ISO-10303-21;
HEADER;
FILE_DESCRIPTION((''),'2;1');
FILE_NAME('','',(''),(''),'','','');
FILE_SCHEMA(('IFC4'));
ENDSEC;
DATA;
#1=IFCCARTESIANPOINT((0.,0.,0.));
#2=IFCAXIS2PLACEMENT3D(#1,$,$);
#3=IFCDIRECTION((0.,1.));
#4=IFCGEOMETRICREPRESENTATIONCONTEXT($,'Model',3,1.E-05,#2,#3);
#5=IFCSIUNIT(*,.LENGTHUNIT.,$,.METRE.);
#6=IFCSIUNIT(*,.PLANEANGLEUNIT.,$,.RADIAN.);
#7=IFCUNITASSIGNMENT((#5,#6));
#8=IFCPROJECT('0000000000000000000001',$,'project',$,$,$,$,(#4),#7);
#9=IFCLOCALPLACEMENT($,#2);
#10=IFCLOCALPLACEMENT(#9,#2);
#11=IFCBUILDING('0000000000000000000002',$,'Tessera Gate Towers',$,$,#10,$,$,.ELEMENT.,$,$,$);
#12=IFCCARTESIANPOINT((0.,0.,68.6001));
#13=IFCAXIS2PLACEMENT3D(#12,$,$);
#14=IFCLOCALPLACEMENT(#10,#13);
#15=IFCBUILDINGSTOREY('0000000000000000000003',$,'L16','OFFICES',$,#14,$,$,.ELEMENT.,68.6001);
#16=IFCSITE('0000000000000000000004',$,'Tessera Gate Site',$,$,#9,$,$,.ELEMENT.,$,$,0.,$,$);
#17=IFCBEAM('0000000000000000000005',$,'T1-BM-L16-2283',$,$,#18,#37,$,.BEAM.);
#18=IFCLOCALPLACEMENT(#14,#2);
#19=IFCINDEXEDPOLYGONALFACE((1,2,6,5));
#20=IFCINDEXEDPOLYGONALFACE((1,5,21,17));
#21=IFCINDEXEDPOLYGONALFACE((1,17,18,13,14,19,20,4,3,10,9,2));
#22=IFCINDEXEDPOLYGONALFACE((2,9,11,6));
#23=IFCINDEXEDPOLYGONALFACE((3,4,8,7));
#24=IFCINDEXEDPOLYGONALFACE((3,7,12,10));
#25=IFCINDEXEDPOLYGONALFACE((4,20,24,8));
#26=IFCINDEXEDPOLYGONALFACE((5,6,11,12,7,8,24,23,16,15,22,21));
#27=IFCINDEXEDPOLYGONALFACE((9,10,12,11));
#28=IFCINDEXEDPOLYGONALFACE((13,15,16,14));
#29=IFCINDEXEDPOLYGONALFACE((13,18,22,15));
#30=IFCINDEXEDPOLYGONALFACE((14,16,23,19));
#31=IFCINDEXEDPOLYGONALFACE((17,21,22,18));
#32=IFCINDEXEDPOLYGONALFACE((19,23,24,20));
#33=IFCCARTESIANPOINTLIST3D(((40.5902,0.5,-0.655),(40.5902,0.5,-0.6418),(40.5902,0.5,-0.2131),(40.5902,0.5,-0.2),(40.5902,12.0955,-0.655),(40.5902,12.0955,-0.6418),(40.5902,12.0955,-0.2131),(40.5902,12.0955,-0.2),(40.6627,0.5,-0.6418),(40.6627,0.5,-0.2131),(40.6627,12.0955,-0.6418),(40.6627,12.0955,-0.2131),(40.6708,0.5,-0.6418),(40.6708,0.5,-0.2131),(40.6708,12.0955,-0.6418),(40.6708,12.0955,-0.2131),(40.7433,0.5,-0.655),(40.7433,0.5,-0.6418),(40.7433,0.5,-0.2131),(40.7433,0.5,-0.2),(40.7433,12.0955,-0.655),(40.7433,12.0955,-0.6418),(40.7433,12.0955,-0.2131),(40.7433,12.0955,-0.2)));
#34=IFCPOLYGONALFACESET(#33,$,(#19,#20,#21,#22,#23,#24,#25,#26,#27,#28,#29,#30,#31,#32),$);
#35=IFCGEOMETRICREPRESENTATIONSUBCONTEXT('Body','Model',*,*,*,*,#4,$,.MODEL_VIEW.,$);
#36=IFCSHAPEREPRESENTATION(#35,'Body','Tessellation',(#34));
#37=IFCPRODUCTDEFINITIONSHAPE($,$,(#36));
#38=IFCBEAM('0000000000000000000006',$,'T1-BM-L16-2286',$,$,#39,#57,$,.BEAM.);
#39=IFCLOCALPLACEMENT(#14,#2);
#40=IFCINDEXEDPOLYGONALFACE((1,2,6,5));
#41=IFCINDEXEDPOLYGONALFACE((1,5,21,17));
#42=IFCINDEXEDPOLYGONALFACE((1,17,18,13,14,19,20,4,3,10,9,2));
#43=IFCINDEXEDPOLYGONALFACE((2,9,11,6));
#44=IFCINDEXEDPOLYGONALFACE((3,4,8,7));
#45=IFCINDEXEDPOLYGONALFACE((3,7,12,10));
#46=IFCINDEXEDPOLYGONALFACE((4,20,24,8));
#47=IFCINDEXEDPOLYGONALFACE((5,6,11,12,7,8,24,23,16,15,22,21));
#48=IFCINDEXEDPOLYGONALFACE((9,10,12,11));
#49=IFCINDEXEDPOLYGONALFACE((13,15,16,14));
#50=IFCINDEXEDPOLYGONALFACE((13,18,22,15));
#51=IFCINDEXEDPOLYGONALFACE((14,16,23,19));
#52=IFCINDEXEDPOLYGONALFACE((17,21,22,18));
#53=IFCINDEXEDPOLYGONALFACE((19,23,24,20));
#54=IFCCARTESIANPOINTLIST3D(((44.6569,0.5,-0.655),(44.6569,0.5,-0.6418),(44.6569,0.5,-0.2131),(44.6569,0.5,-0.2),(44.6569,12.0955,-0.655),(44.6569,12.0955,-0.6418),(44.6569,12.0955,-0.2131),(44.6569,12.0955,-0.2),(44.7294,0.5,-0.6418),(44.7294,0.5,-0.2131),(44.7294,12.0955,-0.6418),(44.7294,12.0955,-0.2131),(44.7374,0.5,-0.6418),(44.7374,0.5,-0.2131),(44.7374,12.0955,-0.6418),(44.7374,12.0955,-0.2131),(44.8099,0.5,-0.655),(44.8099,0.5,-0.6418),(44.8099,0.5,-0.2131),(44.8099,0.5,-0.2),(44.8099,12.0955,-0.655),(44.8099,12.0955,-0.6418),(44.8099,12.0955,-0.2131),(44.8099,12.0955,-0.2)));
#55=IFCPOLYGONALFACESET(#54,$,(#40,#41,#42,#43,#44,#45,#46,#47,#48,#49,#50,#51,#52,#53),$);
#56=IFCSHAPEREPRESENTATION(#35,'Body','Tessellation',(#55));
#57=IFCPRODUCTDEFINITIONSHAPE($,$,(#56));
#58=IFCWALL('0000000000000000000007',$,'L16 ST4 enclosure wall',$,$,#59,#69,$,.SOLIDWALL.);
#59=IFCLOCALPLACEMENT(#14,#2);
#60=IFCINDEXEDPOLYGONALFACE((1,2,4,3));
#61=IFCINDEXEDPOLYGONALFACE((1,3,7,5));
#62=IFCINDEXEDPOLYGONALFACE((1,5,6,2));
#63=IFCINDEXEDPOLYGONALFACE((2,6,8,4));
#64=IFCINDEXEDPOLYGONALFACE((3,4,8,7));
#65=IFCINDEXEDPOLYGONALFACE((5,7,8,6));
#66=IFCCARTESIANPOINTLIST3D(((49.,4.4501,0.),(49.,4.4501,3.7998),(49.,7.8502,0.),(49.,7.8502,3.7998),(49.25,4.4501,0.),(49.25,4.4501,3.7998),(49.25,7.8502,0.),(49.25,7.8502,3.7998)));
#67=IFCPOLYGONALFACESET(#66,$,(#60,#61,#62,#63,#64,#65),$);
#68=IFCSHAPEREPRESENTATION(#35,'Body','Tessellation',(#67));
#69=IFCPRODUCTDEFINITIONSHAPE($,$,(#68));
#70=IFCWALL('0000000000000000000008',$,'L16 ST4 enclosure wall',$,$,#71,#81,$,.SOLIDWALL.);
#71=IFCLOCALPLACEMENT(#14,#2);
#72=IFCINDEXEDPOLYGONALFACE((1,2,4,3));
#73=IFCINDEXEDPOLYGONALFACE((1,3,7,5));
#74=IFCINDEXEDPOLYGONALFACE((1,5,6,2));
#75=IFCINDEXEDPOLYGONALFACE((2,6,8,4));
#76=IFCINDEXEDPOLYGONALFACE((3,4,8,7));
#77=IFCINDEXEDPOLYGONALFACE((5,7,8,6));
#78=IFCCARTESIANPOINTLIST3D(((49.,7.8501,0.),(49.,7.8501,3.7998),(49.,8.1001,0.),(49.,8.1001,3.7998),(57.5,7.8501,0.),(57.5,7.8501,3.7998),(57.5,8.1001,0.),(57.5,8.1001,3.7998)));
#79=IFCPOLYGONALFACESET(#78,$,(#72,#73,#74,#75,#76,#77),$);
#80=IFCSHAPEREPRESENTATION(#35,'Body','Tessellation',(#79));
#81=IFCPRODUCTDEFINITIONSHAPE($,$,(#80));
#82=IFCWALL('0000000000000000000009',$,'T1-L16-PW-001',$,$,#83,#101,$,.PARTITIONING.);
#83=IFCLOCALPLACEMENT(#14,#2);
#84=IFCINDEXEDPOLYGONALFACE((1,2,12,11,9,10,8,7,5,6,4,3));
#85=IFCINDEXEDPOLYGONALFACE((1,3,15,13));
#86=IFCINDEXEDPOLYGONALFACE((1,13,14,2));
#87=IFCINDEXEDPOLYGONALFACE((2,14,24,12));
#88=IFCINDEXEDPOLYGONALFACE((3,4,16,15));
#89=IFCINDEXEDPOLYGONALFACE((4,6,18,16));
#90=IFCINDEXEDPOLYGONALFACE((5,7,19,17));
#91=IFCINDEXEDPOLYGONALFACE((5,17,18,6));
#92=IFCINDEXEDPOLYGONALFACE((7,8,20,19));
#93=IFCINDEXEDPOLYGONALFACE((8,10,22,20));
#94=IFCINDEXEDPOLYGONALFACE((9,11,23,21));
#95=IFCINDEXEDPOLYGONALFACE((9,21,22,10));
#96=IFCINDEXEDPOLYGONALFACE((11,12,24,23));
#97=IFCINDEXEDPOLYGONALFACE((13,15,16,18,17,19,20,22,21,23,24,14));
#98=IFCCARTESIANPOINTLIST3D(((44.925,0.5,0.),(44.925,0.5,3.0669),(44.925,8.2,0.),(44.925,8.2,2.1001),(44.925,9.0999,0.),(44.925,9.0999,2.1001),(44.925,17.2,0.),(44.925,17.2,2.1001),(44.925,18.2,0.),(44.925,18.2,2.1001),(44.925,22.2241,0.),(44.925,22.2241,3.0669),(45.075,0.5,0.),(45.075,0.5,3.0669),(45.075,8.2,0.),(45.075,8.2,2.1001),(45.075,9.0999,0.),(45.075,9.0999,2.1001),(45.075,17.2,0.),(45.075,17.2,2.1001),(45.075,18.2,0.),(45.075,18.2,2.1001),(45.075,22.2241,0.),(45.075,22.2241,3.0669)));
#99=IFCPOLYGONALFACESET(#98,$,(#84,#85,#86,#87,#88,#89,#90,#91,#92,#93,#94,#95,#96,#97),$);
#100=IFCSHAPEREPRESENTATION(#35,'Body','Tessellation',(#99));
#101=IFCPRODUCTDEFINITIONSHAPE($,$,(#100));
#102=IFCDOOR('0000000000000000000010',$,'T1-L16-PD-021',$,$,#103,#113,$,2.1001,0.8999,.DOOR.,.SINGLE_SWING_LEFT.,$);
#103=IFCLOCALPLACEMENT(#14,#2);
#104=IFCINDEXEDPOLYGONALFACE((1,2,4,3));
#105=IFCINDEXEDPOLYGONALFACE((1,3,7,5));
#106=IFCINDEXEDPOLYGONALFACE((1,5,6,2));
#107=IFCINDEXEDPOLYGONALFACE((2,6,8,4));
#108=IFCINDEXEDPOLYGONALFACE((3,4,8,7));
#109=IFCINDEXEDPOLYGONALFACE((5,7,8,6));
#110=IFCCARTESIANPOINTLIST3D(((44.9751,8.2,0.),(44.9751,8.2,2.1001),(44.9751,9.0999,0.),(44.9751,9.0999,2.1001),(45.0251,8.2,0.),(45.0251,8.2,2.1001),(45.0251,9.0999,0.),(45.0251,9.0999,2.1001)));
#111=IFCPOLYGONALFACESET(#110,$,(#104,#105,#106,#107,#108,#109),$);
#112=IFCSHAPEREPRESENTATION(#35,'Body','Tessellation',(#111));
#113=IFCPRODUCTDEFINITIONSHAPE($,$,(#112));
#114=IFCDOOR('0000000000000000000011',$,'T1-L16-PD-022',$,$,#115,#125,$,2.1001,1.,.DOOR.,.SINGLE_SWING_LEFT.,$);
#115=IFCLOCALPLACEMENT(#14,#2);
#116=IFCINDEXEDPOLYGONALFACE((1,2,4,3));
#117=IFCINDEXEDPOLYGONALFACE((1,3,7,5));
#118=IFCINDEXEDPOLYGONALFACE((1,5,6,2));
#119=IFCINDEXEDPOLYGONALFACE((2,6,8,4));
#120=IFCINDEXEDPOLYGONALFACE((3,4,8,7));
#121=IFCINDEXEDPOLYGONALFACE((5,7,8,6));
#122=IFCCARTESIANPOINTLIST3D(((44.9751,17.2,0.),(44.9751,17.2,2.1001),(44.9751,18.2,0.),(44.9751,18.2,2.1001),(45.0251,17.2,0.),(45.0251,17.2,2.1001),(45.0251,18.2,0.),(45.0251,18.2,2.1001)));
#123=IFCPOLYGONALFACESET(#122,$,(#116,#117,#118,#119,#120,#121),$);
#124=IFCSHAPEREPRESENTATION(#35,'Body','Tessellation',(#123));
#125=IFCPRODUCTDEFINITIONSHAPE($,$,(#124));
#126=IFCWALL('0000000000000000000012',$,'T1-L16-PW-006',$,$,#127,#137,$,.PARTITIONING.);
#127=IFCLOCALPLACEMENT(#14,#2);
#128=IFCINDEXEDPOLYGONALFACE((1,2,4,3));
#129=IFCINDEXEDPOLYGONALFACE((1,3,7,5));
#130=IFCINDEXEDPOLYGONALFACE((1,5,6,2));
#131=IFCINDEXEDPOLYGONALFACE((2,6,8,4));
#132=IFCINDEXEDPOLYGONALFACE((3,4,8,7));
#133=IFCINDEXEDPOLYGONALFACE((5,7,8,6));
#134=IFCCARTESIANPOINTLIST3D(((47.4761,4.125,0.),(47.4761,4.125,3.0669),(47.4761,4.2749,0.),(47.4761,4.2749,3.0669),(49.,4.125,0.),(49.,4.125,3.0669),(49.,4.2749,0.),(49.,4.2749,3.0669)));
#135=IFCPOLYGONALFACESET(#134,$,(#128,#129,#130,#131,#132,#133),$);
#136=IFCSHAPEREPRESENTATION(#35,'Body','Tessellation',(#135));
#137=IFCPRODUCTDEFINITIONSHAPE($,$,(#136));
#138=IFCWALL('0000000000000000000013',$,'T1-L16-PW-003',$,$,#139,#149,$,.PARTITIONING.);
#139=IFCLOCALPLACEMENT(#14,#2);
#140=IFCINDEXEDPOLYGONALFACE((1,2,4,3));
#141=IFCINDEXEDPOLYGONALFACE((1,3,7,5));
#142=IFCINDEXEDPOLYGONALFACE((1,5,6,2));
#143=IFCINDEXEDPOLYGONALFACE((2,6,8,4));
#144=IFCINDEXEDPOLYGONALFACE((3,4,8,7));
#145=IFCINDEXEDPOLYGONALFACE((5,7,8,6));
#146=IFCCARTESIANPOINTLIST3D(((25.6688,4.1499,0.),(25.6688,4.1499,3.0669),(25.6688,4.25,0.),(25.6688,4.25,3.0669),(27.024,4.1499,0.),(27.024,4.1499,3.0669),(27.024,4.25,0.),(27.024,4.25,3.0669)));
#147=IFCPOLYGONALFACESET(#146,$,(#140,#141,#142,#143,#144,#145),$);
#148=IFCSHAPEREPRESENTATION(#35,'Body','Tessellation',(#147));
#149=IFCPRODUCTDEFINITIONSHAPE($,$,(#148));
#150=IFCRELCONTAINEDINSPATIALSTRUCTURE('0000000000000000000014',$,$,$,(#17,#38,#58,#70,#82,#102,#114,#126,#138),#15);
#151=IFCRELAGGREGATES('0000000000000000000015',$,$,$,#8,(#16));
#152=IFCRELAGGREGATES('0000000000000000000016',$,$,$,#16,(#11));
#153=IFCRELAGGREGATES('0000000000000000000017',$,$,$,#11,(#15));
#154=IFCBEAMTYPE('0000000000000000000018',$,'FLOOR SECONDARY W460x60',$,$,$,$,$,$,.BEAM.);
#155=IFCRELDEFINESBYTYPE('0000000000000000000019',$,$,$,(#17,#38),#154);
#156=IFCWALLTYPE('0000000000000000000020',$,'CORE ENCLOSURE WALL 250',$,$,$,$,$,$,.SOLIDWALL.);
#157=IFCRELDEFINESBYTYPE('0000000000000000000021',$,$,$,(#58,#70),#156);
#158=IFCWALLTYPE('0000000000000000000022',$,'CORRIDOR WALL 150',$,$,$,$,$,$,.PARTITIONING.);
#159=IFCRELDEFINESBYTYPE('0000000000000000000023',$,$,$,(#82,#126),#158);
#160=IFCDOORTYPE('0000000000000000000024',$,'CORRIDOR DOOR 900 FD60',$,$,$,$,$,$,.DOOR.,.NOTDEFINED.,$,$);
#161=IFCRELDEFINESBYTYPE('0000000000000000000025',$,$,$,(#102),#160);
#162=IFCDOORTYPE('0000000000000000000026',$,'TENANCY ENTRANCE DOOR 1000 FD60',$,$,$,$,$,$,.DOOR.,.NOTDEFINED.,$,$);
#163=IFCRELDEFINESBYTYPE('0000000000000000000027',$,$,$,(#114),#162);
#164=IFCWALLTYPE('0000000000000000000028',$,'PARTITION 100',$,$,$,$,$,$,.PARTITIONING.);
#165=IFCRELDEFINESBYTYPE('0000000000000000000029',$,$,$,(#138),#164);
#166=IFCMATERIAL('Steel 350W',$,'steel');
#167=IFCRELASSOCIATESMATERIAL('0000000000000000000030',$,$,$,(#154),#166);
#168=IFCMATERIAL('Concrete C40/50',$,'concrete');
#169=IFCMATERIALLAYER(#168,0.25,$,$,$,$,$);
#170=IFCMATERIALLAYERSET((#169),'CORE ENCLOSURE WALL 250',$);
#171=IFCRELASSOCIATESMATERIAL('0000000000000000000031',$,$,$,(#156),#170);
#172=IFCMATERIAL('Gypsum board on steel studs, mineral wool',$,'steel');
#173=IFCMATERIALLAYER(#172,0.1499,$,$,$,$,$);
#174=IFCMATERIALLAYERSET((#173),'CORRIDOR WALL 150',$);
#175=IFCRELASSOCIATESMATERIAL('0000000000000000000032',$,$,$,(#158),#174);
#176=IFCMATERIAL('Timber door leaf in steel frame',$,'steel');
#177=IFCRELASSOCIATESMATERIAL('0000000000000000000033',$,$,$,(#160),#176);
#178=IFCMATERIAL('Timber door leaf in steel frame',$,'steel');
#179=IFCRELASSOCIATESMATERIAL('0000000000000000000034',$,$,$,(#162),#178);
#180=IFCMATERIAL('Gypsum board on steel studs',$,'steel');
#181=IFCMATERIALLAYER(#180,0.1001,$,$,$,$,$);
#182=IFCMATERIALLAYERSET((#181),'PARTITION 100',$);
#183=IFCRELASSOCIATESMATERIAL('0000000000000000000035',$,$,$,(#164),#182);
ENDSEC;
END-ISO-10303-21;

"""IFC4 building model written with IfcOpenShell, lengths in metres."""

from ifc_helpers import new_model, si_unit, direction, frame, frame_2d, origin, origin_2d, place, context, subcontext, project, spatial, rectangle, i_section, extrude, source, transform, mapped, material, layer, layer_set, material_profile, profile_set, type_object, element, fill, save


model = new_model("IFC4")

# Units and contexts
model_context = context("Model", 3, precision=1e-05, world=origin(), true_north=direction((0.0, 1.0)))
body_context = subcontext(model_context, "Body", "Model", "MODEL_VIEW")
ifc_project = project(units=[si_unit("LENGTHUNIT", "METRE"), si_unit("PLANEANGLEUNIT", "RADIAN")], contexts=[model_context])

# Site, building, storey
site_placement = place(None, origin())
site = spatial("IfcSite", under=ifc_project, at=site_placement, Name="Tessera Gate Site", CompositionType="ELEMENT", RefElevation=0.0)
building_placement = place(site_placement, origin())
building = spatial("IfcBuilding", under=site, at=building_placement, Name="Tessera Gate Towers", CompositionType="ELEMENT")
storey_placement = place(building_placement, frame((0.0, 0.0, 68.6001)))
storey = spatial("IfcBuildingStorey", under=building, at=storey_placement, Name="L16", Description="OFFICES", CompositionType="ELEMENT", Elevation=68.6001)

# Beams
ifc_material_1 = material(Name="Steel 350W", Category="steel")
ifc_material_profile_1 = material_profile(ifc_material_1, i_section(OverallWidth=0.1531, OverallDepth=0.4551, WebThickness=0.0081, FlangeThickness=0.0132, at=origin_2d()), Name="W460x60")
ifc_profile_set_1 = profile_set([ifc_material_profile_1], Name="Steel 350W")
beam_type_1 = type_object("IfcBeamType", Name="FLOOR SECONDARY W460x60", PredefinedType="BEAM", material=ifc_profile_set_1)
for number, where, z_axis, x_axis, name in (
    (1, (40.6667, 0.5, -0.4275), (0.0, 1.0, 0.0), (-1.0, 0.0, 0.0), "T1-BM-L16-2283"),
    (2, (44.7334, 0.5, -0.4275), (0.0, 1.0, 0.0), (-1.0, 0.0, 0.0), "T1-BM-L16-2286"),
):
    element("IfcBeam", number, at=place(storey_placement, frame(where, z_axis=z_axis, x_axis=x_axis)), inside=storey, type_object=beam_type_1, Name=name, PredefinedType="BEAM", context=body_context, shape_type="SweptSolid", body=[
        extrude(i_section(OverallWidth=0.1531, OverallDepth=0.4551, WebThickness=0.0081, FlangeThickness=0.0132, at=origin_2d()), origin(), (0.0, 0.0, 1.0), 11.5955),
    ])

# Walls
ifc_material_2 = material(Name="Concrete C40/50", Category="concrete")
ifc_layer_1 = layer(ifc_material_2, 0.25)
ifc_layer_set_1 = layer_set([ifc_layer_1], Name="CORE ENCLOSURE WALL 250")
wall_type_1 = type_object("IfcWallType", Name="CORE ENCLOSURE WALL 250", PredefinedType="SOLIDWALL", material=ifc_layer_set_1)
wall_1_placement = place(storey_placement, frame((49.125, 4.45, 0.0), z_axis=(0.0, 0.0, 1.0), x_axis=(0.0, 1.0, 0.0)))
element("IfcWall", 3, at=wall_1_placement, inside=storey, type_object=wall_type_1, Name="L16 ST4 enclosure wall", PredefinedType="SOLIDWALL", context=body_context, shape_type="SweptSolid", body=[
    extrude(rectangle(XDim=3.4001, YDim=0.25, at=frame_2d((1.7002, 0.0))), origin(), (0.0, 0.0, 1.0), 3.7998),
])
wall_2_placement = place(storey_placement, frame((49.0, 7.9751, 0.0), z_axis=(0.0, 0.0, 1.0), x_axis=(1.0, 0.0, 0.0)))
element("IfcWall", 4, at=wall_2_placement, inside=storey, type_object=wall_type_1, Name="L16 ST4 enclosure wall", PredefinedType="SOLIDWALL", context=body_context, shape_type="SweptSolid", body=[
    extrude(rectangle(XDim=8.5, YDim=0.25, at=frame_2d((4.25, 0.0))), origin(), (0.0, 0.0, 1.0), 3.7998),
])

# Wall, openings, doors
ifc_material_3 = material(Name="Gypsum board on steel studs, mineral wool", Category="steel")
ifc_layer_2 = layer(ifc_material_3, 0.1499)
ifc_layer_set_2 = layer_set([ifc_layer_2], Name="CORRIDOR WALL 150")
wall_type_2 = type_object("IfcWallType", Name="CORRIDOR WALL 150", PredefinedType="PARTITIONING", material=ifc_layer_set_2)
wall_3_placement = place(storey_placement, frame((45.0, 0.5, 0.0), z_axis=(0.0, 0.0, 1.0), x_axis=(0.0, 1.0, 0.0)))
wall_3 = element("IfcWall", 5, at=wall_3_placement, inside=storey, type_object=wall_type_2, Name="T1-L16-PW-001", PredefinedType="PARTITIONING", context=body_context, shape_type="SweptSolid", body=[
    extrude(rectangle(XDim=21.7241, YDim=0.1499, at=frame_2d((10.8621, 0.0))), origin(), (0.0, 0.0, 1.0), 3.0669),
])
shared_shape_1 = source(origin(), body_context, "Body", "SweptSolid", [
    extrude(rectangle(XDim=0.8999, YDim=2.1001, at=frame_2d((0.45, 1.05))), frame((0.0, 0.085, 0.0), z_axis=(0.0, -1.0, 0.0), x_axis=(1.0, 0.0, 0.0)), (0.0, 0.0, 1.0), 0.1699),
])
opening_1_placement = place(wall_3_placement, frame((7.7, 0.0, 0.0)))
opening_1 = element("IfcOpeningElement", 6, at=opening_1_placement, cuts=wall_3, PredefinedType="OPENING", context=body_context, shape_type="MappedRepresentation", body=[
    mapped(shared_shape_1, transform((0.0, 0.0, 0.0), scale=1.0)),
])
shared_shape_2 = source(origin(), body_context, "Body", "SweptSolid", [
    extrude(rectangle(XDim=1.0, YDim=2.1001, at=frame_2d((0.5, 1.05))), frame((0.0, 0.085, 0.0), z_axis=(0.0, -1.0, 0.0), x_axis=(1.0, 0.0, 0.0)), (0.0, 0.0, 1.0), 0.1699),
])
opening_2_placement = place(wall_3_placement, frame((16.7, 0.0, 0.0)))
opening_2 = element("IfcOpeningElement", 7, at=opening_2_placement, cuts=wall_3, PredefinedType="OPENING", context=body_context, shape_type="MappedRepresentation", body=[
    mapped(shared_shape_2, transform((0.0, 0.0, 0.0), scale=1.0)),
])
ifc_material_4 = material(Name="Timber door leaf in steel frame", Category="steel")
door_type_1 = type_object("IfcDoorType", Name="CORRIDOR DOOR 900 FD60", OperationType="NOTDEFINED", PredefinedType="DOOR", material=ifc_material_4)
shared_shape_3 = source(origin(), body_context, "Body", "SweptSolid", [
    extrude(rectangle(XDim=0.8999, YDim=2.1001, at=frame_2d((0.45, 1.05))), frame((0.0, 0.0249, 0.0), z_axis=(0.0, -1.0, 0.0), x_axis=(1.0, 0.0, 0.0)), (0.0, 0.0, 1.0), 0.05),
])
door_1_placement = place(opening_1_placement, origin())
door_1 = element("IfcDoor", 8, at=door_1_placement, inside=storey, type_object=door_type_1, Name="T1-L16-PD-021", OperationType="SINGLE_SWING_LEFT", OverallHeight=2.1001, OverallWidth=0.8999, PredefinedType="DOOR", context=body_context, shape_type="MappedRepresentation", body=[
    mapped(shared_shape_3, transform((0.0, 0.0, 0.0), scale=1.0)),
])
fill(opening_1, door_1)
ifc_material_5 = material(Name="Timber door leaf in steel frame", Category="steel")
door_type_2 = type_object("IfcDoorType", Name="TENANCY ENTRANCE DOOR 1000 FD60", OperationType="NOTDEFINED", PredefinedType="DOOR", material=ifc_material_5)
shared_shape_4 = source(origin(), body_context, "Body", "SweptSolid", [
    extrude(rectangle(XDim=1.0, YDim=2.1001, at=frame_2d((0.5, 1.05))), frame((0.0, 0.0249, 0.0), z_axis=(0.0, -1.0, 0.0), x_axis=(1.0, 0.0, 0.0)), (0.0, 0.0, 1.0), 0.05),
])
door_2_placement = place(opening_2_placement, origin())
door_2 = element("IfcDoor", 9, at=door_2_placement, inside=storey, type_object=door_type_2, Name="T1-L16-PD-022", OperationType="SINGLE_SWING_LEFT", OverallHeight=2.1001, OverallWidth=1.0, PredefinedType="DOOR", context=body_context, shape_type="MappedRepresentation", body=[
    mapped(shared_shape_4, transform((0.0, 0.0, 0.0), scale=1.0)),
])
fill(opening_2, door_2)

# Walls
wall_4_placement = place(storey_placement, frame((47.4761, 4.2, 0.0), z_axis=(0.0, 0.0, 1.0), x_axis=(1.0, 0.0, 0.0)))
element("IfcWall", 10, at=wall_4_placement, inside=storey, type_object=wall_type_2, Name="T1-L16-PW-006", PredefinedType="PARTITIONING", context=body_context, shape_type="SweptSolid", body=[
    extrude(rectangle(XDim=1.5239, YDim=0.1499, at=frame_2d((0.762, 0.0))), origin(), (0.0, 0.0, 1.0), 3.0669),
])
ifc_material_6 = material(Name="Gypsum board on steel studs", Category="steel")
ifc_layer_3 = layer(ifc_material_6, 0.1001)
ifc_layer_set_3 = layer_set([ifc_layer_3], Name="PARTITION 100")
wall_type_3 = type_object("IfcWallType", Name="PARTITION 100", PredefinedType="PARTITIONING", material=ifc_layer_set_3)
wall_5_placement = place(storey_placement, frame((25.6687, 4.2, 0.0), z_axis=(0.0, 0.0, 1.0), x_axis=(1.0, 0.0, 0.0)))
element("IfcWall", 11, at=wall_5_placement, inside=storey, type_object=wall_type_3, Name="T1-L16-PW-003", PredefinedType="PARTITIONING", context=body_context, shape_type="SweptSolid", body=[
    extrude(rectangle(XDim=1.3552, YDim=0.1001, at=frame_2d((0.6777, 0.0))), origin(), (0.0, 0.0, 1.0), 3.0669),
])

save(model, "model.ifc")
